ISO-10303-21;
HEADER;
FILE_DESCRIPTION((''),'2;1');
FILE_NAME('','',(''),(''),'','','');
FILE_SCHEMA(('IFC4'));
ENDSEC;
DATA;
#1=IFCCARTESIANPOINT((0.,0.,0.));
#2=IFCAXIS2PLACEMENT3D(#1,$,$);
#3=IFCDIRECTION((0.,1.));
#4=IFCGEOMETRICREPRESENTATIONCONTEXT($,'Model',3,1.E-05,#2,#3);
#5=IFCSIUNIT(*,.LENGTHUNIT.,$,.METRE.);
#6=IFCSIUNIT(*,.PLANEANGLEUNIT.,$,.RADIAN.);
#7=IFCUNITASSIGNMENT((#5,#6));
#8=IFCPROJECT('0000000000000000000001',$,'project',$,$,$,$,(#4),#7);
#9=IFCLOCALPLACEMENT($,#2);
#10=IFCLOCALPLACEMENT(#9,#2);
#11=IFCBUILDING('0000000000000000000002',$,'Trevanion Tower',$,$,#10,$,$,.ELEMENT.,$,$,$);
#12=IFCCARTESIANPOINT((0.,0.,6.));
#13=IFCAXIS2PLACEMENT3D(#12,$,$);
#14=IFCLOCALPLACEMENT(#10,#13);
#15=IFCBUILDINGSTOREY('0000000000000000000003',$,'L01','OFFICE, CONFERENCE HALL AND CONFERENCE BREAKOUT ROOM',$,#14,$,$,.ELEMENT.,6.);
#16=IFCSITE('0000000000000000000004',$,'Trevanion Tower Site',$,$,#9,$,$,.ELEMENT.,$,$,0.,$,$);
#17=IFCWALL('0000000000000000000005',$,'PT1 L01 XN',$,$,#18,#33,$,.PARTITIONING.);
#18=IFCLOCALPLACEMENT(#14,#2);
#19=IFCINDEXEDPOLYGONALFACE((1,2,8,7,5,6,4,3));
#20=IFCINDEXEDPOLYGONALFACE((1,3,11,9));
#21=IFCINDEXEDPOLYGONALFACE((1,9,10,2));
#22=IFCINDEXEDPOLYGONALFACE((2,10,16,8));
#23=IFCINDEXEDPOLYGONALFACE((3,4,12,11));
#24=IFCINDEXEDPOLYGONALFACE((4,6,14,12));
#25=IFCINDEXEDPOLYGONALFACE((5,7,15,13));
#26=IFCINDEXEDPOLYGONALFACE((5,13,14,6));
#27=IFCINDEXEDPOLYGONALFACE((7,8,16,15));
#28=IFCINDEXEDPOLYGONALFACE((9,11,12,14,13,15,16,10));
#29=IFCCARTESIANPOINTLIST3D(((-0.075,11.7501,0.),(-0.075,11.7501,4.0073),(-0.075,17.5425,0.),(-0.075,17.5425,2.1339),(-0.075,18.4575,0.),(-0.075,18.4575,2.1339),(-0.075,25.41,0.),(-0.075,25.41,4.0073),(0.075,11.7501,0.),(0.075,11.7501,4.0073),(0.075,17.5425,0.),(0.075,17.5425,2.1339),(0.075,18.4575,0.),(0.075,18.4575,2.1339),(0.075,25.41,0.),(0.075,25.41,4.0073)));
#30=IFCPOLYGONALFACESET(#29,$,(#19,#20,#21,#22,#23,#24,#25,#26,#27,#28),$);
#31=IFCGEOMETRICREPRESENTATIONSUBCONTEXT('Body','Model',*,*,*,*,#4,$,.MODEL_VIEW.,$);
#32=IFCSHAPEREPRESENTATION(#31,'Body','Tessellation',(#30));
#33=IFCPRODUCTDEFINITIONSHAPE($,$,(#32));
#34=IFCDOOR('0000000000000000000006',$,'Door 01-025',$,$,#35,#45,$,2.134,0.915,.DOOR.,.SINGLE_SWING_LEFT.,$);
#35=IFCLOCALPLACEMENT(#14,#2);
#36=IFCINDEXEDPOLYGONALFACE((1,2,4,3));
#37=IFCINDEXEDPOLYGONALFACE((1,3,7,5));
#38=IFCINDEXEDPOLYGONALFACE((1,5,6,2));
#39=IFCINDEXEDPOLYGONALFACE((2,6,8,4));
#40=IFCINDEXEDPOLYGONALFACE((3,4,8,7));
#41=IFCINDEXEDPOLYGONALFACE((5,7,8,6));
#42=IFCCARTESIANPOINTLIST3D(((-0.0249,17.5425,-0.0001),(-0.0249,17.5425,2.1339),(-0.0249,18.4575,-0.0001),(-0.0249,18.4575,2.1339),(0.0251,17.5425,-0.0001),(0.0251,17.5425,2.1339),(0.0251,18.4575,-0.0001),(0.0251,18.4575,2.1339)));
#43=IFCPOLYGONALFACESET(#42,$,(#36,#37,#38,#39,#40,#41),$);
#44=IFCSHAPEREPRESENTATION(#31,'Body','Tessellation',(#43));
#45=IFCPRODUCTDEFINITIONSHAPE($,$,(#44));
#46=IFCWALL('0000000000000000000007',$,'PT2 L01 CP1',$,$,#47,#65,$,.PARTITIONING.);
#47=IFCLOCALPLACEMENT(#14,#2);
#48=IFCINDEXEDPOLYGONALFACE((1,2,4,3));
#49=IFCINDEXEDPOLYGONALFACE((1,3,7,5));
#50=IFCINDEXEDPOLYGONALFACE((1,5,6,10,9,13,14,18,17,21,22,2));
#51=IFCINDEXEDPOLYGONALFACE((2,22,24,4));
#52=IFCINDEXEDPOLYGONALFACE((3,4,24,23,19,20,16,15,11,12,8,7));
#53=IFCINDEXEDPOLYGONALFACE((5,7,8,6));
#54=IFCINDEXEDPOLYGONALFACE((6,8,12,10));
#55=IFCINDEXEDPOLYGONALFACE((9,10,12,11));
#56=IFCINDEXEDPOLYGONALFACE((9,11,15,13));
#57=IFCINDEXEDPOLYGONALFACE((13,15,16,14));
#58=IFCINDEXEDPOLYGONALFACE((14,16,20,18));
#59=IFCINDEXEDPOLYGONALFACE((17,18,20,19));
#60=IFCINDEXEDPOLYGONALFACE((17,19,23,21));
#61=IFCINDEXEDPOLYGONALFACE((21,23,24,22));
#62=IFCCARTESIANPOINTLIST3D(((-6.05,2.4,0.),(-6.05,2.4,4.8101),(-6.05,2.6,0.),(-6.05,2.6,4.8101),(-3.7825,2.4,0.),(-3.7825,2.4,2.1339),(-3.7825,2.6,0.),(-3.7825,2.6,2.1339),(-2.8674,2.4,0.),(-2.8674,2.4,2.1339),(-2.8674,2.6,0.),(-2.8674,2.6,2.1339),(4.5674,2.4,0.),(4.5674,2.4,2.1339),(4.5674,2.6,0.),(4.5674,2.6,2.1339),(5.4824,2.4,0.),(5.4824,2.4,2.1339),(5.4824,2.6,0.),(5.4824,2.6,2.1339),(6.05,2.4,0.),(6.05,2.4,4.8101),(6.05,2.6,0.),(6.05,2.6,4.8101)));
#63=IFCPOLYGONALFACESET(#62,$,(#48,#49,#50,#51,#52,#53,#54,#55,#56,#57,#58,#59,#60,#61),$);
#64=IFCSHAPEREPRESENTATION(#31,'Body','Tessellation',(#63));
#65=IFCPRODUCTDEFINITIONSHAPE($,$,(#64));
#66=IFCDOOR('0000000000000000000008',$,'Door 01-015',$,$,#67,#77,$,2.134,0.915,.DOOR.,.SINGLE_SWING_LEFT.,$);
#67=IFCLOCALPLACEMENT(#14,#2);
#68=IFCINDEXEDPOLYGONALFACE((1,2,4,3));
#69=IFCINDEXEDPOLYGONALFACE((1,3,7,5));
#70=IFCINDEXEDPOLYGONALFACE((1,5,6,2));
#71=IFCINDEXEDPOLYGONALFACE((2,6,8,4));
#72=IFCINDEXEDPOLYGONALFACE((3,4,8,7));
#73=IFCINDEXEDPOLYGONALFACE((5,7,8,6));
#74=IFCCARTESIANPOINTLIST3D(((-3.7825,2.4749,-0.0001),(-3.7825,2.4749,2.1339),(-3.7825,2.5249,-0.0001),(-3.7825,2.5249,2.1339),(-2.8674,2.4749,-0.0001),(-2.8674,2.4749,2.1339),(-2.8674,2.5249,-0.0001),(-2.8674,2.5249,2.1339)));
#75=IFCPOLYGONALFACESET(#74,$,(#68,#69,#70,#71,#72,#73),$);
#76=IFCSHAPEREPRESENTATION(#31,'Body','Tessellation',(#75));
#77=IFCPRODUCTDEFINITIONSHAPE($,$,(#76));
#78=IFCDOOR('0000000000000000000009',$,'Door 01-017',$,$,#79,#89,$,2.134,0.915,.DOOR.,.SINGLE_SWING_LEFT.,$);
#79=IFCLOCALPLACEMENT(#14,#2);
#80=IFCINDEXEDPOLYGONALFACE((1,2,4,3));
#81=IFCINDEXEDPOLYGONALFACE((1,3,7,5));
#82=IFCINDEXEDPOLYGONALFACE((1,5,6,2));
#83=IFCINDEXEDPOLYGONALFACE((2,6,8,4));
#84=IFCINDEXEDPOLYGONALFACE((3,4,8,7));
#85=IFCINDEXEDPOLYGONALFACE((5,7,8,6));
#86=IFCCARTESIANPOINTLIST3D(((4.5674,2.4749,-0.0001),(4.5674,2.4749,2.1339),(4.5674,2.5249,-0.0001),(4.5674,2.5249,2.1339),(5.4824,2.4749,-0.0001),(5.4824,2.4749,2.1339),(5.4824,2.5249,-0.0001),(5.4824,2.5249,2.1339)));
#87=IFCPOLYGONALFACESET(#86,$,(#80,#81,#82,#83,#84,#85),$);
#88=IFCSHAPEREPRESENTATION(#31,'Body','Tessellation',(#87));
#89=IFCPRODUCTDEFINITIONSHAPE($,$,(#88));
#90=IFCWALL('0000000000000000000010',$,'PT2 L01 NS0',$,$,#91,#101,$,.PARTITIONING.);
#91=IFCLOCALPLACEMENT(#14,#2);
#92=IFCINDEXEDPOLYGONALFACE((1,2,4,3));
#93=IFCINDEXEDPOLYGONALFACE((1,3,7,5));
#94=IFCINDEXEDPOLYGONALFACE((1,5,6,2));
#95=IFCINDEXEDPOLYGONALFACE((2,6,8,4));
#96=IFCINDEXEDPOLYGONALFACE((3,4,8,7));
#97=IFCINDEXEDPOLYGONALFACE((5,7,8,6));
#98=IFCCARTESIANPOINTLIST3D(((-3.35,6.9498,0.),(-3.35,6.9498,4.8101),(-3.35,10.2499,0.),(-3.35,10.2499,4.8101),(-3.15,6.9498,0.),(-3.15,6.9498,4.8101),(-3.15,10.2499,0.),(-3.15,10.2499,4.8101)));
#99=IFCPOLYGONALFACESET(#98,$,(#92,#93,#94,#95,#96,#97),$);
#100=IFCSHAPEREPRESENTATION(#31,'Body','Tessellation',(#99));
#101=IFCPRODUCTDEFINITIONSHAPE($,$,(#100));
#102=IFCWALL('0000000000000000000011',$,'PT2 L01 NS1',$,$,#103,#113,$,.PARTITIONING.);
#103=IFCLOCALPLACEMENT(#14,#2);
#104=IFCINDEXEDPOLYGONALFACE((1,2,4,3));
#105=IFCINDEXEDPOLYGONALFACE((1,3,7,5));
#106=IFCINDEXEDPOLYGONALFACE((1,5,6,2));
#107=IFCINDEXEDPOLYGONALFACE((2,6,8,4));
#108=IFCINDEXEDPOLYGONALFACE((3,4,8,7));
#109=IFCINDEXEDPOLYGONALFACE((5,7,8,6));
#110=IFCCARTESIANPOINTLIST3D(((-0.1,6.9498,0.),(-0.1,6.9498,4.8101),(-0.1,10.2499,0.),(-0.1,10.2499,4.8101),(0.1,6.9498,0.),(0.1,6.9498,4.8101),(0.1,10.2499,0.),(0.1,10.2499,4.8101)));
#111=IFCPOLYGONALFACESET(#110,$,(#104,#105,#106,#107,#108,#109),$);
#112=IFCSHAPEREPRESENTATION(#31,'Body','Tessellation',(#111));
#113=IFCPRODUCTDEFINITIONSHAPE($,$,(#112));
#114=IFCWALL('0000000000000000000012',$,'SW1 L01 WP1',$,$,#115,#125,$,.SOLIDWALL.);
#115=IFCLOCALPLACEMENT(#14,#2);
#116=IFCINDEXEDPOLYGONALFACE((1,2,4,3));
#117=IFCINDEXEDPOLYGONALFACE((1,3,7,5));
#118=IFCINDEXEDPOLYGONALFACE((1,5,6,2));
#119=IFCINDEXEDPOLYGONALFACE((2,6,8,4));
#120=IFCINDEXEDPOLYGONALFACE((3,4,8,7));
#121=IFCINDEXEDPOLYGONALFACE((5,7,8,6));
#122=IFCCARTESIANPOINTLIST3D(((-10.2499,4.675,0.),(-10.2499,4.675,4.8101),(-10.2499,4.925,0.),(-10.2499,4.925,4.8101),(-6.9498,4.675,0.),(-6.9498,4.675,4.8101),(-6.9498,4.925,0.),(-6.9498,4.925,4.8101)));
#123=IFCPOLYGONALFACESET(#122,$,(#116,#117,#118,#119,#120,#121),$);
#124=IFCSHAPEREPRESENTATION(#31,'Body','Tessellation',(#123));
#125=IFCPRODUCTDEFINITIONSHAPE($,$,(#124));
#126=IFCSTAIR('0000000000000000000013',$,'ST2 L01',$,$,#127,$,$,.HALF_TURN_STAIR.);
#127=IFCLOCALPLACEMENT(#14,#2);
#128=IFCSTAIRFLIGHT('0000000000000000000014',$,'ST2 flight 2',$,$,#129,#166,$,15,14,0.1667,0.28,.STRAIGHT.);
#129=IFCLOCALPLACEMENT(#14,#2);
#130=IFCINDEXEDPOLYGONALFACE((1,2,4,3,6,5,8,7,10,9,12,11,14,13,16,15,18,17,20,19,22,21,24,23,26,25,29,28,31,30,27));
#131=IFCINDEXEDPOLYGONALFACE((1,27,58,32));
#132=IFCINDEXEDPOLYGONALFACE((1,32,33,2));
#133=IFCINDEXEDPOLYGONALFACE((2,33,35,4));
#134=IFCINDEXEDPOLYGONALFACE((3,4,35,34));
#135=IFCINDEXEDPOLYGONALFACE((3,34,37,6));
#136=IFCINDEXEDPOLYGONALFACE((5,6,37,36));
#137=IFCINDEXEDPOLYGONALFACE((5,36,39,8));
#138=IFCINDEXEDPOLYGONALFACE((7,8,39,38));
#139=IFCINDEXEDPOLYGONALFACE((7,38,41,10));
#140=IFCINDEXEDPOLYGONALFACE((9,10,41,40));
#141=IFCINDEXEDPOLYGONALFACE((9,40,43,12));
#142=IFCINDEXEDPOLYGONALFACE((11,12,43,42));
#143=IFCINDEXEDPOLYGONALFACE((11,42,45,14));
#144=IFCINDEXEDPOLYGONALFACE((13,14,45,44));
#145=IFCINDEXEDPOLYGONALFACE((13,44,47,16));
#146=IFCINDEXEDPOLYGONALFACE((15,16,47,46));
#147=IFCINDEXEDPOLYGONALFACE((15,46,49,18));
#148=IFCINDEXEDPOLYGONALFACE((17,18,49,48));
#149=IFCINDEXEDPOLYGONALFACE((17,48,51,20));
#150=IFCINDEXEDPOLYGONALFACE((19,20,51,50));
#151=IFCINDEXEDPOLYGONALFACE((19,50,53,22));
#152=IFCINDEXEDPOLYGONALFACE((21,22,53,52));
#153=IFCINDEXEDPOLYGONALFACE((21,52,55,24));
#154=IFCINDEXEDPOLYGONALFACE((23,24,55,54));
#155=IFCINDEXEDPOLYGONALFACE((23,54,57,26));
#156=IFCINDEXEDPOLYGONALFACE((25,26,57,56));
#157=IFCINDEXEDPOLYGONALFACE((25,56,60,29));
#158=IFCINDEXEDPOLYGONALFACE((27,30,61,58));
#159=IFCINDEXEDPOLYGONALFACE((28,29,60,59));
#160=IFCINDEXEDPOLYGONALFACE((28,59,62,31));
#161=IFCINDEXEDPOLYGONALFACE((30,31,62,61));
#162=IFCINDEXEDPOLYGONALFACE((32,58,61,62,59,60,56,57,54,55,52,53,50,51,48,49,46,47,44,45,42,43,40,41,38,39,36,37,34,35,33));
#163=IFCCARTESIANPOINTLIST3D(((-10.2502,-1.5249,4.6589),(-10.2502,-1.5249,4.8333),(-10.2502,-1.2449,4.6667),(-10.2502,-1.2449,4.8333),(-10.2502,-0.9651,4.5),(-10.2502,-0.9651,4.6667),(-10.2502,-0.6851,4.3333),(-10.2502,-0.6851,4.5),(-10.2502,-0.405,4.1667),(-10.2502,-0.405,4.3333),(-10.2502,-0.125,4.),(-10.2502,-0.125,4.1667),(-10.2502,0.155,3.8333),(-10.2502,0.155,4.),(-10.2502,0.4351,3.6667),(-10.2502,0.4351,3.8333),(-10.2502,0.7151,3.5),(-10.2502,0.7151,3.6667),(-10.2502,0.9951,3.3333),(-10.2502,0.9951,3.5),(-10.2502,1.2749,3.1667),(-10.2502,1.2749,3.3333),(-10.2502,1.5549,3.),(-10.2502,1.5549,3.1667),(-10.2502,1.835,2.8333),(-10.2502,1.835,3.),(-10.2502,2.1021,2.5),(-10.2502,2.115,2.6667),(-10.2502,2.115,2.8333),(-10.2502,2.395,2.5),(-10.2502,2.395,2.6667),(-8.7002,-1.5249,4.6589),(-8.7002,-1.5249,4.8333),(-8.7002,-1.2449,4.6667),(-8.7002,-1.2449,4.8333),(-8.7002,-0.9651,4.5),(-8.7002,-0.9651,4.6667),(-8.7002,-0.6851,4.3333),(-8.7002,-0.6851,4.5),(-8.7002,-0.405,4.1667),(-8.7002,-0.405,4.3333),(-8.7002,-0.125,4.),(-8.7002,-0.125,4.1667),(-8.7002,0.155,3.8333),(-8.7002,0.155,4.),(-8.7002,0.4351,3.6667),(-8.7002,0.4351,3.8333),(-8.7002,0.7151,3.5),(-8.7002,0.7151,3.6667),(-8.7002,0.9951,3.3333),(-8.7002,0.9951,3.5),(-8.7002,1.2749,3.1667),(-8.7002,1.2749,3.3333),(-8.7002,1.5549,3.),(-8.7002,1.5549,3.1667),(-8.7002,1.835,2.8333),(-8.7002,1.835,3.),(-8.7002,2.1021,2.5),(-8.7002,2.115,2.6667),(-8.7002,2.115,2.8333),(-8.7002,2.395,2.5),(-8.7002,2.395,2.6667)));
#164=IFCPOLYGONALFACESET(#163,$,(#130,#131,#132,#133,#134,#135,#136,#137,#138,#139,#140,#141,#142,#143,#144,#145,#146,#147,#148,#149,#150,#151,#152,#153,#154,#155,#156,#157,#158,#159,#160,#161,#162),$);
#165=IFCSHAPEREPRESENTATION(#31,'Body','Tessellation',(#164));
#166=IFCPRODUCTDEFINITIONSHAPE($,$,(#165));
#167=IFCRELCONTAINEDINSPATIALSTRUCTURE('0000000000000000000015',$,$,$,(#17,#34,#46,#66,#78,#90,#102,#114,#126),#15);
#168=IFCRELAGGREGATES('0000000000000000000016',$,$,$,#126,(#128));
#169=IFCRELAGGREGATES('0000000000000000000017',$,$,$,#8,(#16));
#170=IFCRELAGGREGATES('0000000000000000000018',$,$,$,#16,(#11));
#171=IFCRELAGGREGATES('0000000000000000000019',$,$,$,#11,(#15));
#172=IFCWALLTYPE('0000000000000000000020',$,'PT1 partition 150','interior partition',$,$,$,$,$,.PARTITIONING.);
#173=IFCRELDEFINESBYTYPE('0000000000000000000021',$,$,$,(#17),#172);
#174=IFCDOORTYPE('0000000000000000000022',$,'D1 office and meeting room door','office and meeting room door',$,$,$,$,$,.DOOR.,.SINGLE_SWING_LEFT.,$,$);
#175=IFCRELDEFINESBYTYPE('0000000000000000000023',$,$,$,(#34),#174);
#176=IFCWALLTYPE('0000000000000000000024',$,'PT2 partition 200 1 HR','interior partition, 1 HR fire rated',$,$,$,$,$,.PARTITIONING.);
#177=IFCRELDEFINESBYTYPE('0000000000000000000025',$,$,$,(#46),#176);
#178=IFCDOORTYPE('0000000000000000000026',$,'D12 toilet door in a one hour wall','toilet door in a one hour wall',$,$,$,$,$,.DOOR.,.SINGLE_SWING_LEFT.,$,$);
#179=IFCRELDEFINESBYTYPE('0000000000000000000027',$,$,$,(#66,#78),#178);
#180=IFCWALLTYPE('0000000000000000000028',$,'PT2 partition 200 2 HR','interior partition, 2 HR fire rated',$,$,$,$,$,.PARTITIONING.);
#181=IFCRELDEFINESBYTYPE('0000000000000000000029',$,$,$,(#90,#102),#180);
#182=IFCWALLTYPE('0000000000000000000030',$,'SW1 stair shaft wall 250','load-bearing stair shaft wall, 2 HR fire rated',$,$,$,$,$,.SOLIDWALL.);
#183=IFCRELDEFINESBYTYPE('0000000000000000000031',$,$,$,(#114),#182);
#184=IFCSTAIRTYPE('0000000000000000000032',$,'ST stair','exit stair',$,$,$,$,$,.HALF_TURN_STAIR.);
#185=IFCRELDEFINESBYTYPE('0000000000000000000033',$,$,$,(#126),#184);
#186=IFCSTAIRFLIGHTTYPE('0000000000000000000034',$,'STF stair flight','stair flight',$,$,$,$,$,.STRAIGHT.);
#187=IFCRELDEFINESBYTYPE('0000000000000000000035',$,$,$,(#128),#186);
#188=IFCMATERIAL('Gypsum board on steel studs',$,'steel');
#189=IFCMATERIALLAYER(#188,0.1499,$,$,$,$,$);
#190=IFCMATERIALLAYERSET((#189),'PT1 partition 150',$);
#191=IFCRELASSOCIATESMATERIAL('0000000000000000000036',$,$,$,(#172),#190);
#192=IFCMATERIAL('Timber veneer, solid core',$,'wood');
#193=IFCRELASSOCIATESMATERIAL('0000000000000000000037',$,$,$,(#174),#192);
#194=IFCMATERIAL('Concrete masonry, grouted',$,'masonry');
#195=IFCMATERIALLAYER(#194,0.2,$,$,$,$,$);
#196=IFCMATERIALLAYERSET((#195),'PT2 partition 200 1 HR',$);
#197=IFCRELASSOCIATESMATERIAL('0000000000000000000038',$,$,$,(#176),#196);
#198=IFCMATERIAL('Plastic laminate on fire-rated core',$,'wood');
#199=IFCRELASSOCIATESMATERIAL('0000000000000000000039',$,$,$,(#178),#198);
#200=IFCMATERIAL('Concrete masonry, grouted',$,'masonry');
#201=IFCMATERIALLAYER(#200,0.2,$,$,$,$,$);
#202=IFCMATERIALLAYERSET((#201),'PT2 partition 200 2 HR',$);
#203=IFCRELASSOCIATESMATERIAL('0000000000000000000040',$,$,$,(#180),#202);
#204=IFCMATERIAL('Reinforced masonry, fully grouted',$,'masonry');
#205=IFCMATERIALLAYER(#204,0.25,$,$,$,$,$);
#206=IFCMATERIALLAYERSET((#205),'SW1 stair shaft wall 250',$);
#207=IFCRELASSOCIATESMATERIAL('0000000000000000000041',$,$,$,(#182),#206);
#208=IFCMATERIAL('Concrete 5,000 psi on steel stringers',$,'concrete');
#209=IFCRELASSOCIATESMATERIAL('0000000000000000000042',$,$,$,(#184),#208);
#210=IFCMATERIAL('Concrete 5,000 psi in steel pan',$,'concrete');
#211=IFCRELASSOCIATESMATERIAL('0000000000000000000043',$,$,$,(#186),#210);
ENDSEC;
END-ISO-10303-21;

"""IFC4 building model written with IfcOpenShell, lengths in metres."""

from ifc_helpers import new_model, si_unit, direction, frame, frame_2d, origin, place, context, subcontext, project, spatial, polyline, rectangle, outline, extrude, material, layer, layer_set, type_object, element, fill, aggregate, save


model = new_model("IFC4")

# Units and contexts
model_context = context("Model", 3, precision=1e-05, world=origin(), true_north=direction((0.0, 1.0)))
body_context = subcontext(model_context, "Body", "Model", "MODEL_VIEW")
ifc_project = project(units=[si_unit("LENGTHUNIT", "METRE"), si_unit("PLANEANGLEUNIT", "RADIAN")], contexts=[model_context])

# Site, building, storey
site_placement = place(None, origin())
site = spatial("IfcSite", under=ifc_project, at=site_placement, Name="Trevanion Tower Site", CompositionType="ELEMENT", RefElevation=0.0)
building_placement = place(site_placement, origin())
building = spatial("IfcBuilding", under=site, at=building_placement, Name="Trevanion Tower", CompositionType="ELEMENT")
storey_placement = place(building_placement, frame((0.0, 0.0, 6.0)))
storey = spatial("IfcBuildingStorey", under=building, at=storey_placement, Name="L01", Description="OFFICE, CONFERENCE HALL AND CONFERENCE BREAKOUT ROOM", CompositionType="ELEMENT", Elevation=6.0)

# Wall, opening, door
ifc_material_1 = material(Name="Gypsum board on steel studs", Category="steel")
ifc_layer_1 = layer(ifc_material_1, 0.1499)
ifc_layer_set_1 = layer_set([ifc_layer_1], Name="PT1 partition 150")
wall_type_1 = type_object("IfcWallType", Name="PT1 partition 150", Description="interior partition", PredefinedType="PARTITIONING", material=ifc_layer_set_1)
wall_1_placement = place(storey_placement, frame((0.0, 11.75, 0.0), z_axis=(0.0, 0.0, 1.0), x_axis=(0.0, 1.0, 0.0)))
wall_1 = element("IfcWall", 1, at=wall_1_placement, inside=storey, type_object=wall_type_1, Name="PT1 L01 XN", PredefinedType="PARTITIONING", context=body_context, shape_type="SweptSolid", body=[
    extrude(rectangle(XDim=13.6599, YDim=0.1499, at=frame_2d((6.8301, 0.0))), origin(), (0.0, 0.0, 1.0), 4.0073),
])
opening_1_placement = place(wall_1_placement, frame((5.7925, 0.0, 0.0)))
opening_1 = element("IfcOpeningElement", 2, at=opening_1_placement, cuts=wall_1, PredefinedType="OPENING", context=body_context, shape_type="SweptSolid", body=[
    extrude(rectangle(XDim=0.915, YDim=2.134, at=frame_2d((0.4575, 1.0669))), frame((0.0, 0.085, 0.0), z_axis=(0.0, -1.0, 0.0), x_axis=(1.0, 0.0, 0.0)), (0.0, 0.0, 1.0), 0.1699),
])
ifc_material_2 = material(Name="Timber veneer, solid core", Category="wood")
door_type_1 = type_object("IfcDoorType", Name="D1 office and meeting room door", Description="office and meeting room door", OperationType="SINGLE_SWING_LEFT", PredefinedType="DOOR", material=ifc_material_2)
door_1_placement = place(opening_1_placement, origin())
door_1 = element("IfcDoor", 3, at=door_1_placement, inside=storey, type_object=door_type_1, Name="Door 01-025", OperationType="SINGLE_SWING_LEFT", OverallHeight=2.134, OverallWidth=0.915, PredefinedType="DOOR", context=body_context, shape_type="SweptSolid", body=[
    extrude(rectangle(XDim=0.915, YDim=2.134, at=frame_2d((0.4575, 1.0669))), frame((0.0, 0.0249, 0.0), z_axis=(0.0, -1.0, 0.0), x_axis=(1.0, 0.0, 0.0)), (0.0, 0.0, 1.0), 0.05),
])
fill(opening_1, door_1)

# Wall, openings, doors
ifc_material_3 = material(Name="Concrete masonry, grouted", Category="masonry")
ifc_layer_2 = layer(ifc_material_3, 0.2)
ifc_layer_set_2 = layer_set([ifc_layer_2], Name="PT2 partition 200 1 HR")
wall_type_2 = type_object("IfcWallType", Name="PT2 partition 200 1 HR", Description="interior partition, 1 HR fire rated", PredefinedType="PARTITIONING", material=ifc_layer_set_2)
wall_2_placement = place(storey_placement, frame((-6.05, 2.5, 0.0), z_axis=(0.0, 0.0, 1.0), x_axis=(1.0, 0.0, 0.0)))
wall_2 = element("IfcWall", 4, at=wall_2_placement, inside=storey, type_object=wall_type_2, Name="PT2 L01 CP1", PredefinedType="PARTITIONING", context=body_context, shape_type="SweptSolid", body=[
    extrude(rectangle(XDim=12.1001, YDim=0.2, at=frame_2d((6.05, 0.0))), origin(), (0.0, 0.0, 1.0), 4.8101),
])
opening_2_placement = place(wall_2_placement, frame((2.2676, 0.0, 0.0)))
opening_2 = element("IfcOpeningElement", 5, at=opening_2_placement, cuts=wall_2, PredefinedType="OPENING", context=body_context, shape_type="SweptSolid", body=[
    extrude(rectangle(XDim=0.915, YDim=2.134, at=frame_2d((0.4575, 1.0669))), frame((0.0, 0.1099, 0.0), z_axis=(0.0, -1.0, 0.0), x_axis=(1.0, 0.0, 0.0)), (0.0, 0.0, 1.0), 0.22),
])
opening_3_placement = place(wall_2_placement, frame((10.6174, 0.0, 0.0)))
opening_3 = element("IfcOpeningElement", 6, at=opening_3_placement, cuts=wall_2, PredefinedType="OPENING", context=body_context, shape_type="SweptSolid", body=[
    extrude(rectangle(XDim=0.915, YDim=2.134, at=frame_2d((0.4575, 1.0669))), frame((0.0, 0.1099, 0.0), z_axis=(0.0, -1.0, 0.0), x_axis=(1.0, 0.0, 0.0)), (0.0, 0.0, 1.0), 0.22),
])
ifc_material_4 = material(Name="Plastic laminate on fire-rated core", Category="wood")
door_type_2 = type_object("IfcDoorType", Name="D12 toilet door in a one hour wall", Description="toilet door in a one hour wall", OperationType="SINGLE_SWING_LEFT", PredefinedType="DOOR", material=ifc_material_4)
door_2_placement = place(opening_2_placement, origin())
door_2 = element("IfcDoor", 7, at=door_2_placement, inside=storey, type_object=door_type_2, Name="Door 01-015", OperationType="SINGLE_SWING_LEFT", OverallHeight=2.134, OverallWidth=0.915, PredefinedType="DOOR", context=body_context, shape_type="SweptSolid", body=[
    extrude(rectangle(XDim=0.915, YDim=2.134, at=frame_2d((0.4575, 1.0669))), frame((0.0, 0.0249, 0.0), z_axis=(0.0, -1.0, 0.0), x_axis=(1.0, 0.0, 0.0)), (0.0, 0.0, 1.0), 0.05),
])
fill(opening_2, door_2)
door_3_placement = place(opening_3_placement, origin())
door_3 = element("IfcDoor", 8, at=door_3_placement, inside=storey, type_object=door_type_2, Name="Door 01-017", OperationType="SINGLE_SWING_LEFT", OverallHeight=2.134, OverallWidth=0.915, PredefinedType="DOOR", context=body_context, shape_type="SweptSolid", body=[
    extrude(rectangle(XDim=0.915, YDim=2.134, at=frame_2d((0.4575, 1.0669))), frame((0.0, 0.0249, 0.0), z_axis=(0.0, -1.0, 0.0), x_axis=(1.0, 0.0, 0.0)), (0.0, 0.0, 1.0), 0.05),
])
fill(opening_3, door_3)

# Walls
ifc_material_5 = material(Name="Concrete masonry, grouted", Category="masonry")
ifc_layer_3 = layer(ifc_material_5, 0.2)
ifc_layer_set_3 = layer_set([ifc_layer_3], Name="PT2 partition 200 2 HR")
wall_type_3 = type_object("IfcWallType", Name="PT2 partition 200 2 HR", Description="interior partition, 2 HR fire rated", PredefinedType="PARTITIONING", material=ifc_layer_set_3)
for number, where, z_axis, x_axis, name in (
    (9, (-3.25, 6.95, 0.0), (0.0, 0.0, 1.0), (0.0, 1.0, 0.0), "PT2 L01 NS0"),
    (10, (0.0, 6.95, 0.0), (0.0, 0.0, 1.0), (0.0, 1.0, 0.0), "PT2 L01 NS1"),
):
    element("IfcWall", number, at=place(storey_placement, frame(where, z_axis=z_axis, x_axis=x_axis)), inside=storey, type_object=wall_type_3, Name=name, PredefinedType="PARTITIONING", context=body_context, shape_type="SweptSolid", body=[
        extrude(rectangle(XDim=3.3, YDim=0.2, at=frame_2d((1.6499, 0.0))), origin(), (0.0, 0.0, 1.0), 4.8101),
    ])
ifc_material_6 = material(Name="Reinforced masonry, fully grouted", Category="masonry")
ifc_layer_4 = layer(ifc_material_6, 0.25)
ifc_layer_set_4 = layer_set([ifc_layer_4], Name="SW1 stair shaft wall 250")
wall_type_4 = type_object("IfcWallType", Name="SW1 stair shaft wall 250", Description="load-bearing stair shaft wall, 2 HR fire rated", PredefinedType="SOLIDWALL", material=ifc_layer_set_4)
wall_3_placement = place(storey_placement, frame((-6.95, 4.8, 0.0), z_axis=(0.0, 0.0, 1.0), x_axis=(-1.0, 0.0, 0.0)))
element("IfcWall", 11, at=wall_3_placement, inside=storey, type_object=wall_type_4, Name="SW1 L01 WP1", PredefinedType="SOLIDWALL", context=body_context, shape_type="SweptSolid", body=[
    extrude(rectangle(XDim=3.3, YDim=0.25, at=frame_2d((1.6499, 0.0))), origin(), (0.0, 0.0, 1.0), 4.8101),
])

# Stair, stair flight
ifc_material_7 = material(Name="Concrete 5,000 psi on steel stringers", Category="concrete")
stair_type = type_object("IfcStairType", Name="ST stair", Description="exit stair", PredefinedType="HALF_TURN_STAIR", material=ifc_material_7)
stair_placement = place(storey_placement, origin())
stair = element("IfcStair", 12, at=stair_placement, inside=storey, type_object=stair_type, Name="ST2 L01", PredefinedType="HALF_TURN_STAIR")
ifc_material_8 = material(Name="Concrete 5,000 psi in steel pan", Category="concrete")
stair_flight_type = type_object("IfcStairFlightType", Name="STF stair flight", Description="stair flight", PredefinedType="STRAIGHT", material=ifc_material_8)
stair_flight_placement = place(storey_placement, frame((-9.4751, 2.395, 2.5), z_axis=(0.0, 0.0, 1.0), x_axis=(0.0, -1.0, 0.0)))
stair_flight = element("IfcStairFlight", 13, at=stair_flight_placement, type_object=stair_flight_type, Name="ST2 flight 2", NumberOfRisers=15, NumberOfTreads=14, PredefinedType="STRAIGHT", RiserHeight=0.1667, TreadLength=0.28, context=body_context, shape_type="SweptSolid", body=[
    extrude(outline(polyline([(0.0, 0.0), (0.0, 0.1667), (0.28, 0.1667), (0.28, 0.3333), (0.5601, 0.3333), (0.5601, 0.5), (0.8401, 0.5), (0.8401, 0.6667), (1.1201, 0.6667), (1.1201, 0.8333), (1.3999, 0.8333), (1.3999, 1.0), (1.6799, 1.0), (1.6799, 1.1667), (1.96, 1.1667), (1.96, 1.3333), (2.24, 1.3333), (2.24, 1.5), (2.52, 1.5), (2.52, 1.6667), (2.8, 1.6667), (2.8, 1.8333), (3.0801, 1.8333), (3.0801, 2.0), (3.3601, 2.0), (3.3601, 2.1667), (3.6399, 2.1667), (3.6399, 2.3333), (3.9199, 2.3333), (3.9199, 2.5), (3.9199, 2.1589), (0.293, 0.0), (0.0, 0.0)])), frame((0.0, 0.7749, 0.0), z_axis=(0.0, -1.0, 0.0), x_axis=(1.0, 0.0, 0.0)), (0.0, 0.0, 1.0), 1.55),
])
aggregate(stair, [stair_flight])

save(model, "model.ifc")
